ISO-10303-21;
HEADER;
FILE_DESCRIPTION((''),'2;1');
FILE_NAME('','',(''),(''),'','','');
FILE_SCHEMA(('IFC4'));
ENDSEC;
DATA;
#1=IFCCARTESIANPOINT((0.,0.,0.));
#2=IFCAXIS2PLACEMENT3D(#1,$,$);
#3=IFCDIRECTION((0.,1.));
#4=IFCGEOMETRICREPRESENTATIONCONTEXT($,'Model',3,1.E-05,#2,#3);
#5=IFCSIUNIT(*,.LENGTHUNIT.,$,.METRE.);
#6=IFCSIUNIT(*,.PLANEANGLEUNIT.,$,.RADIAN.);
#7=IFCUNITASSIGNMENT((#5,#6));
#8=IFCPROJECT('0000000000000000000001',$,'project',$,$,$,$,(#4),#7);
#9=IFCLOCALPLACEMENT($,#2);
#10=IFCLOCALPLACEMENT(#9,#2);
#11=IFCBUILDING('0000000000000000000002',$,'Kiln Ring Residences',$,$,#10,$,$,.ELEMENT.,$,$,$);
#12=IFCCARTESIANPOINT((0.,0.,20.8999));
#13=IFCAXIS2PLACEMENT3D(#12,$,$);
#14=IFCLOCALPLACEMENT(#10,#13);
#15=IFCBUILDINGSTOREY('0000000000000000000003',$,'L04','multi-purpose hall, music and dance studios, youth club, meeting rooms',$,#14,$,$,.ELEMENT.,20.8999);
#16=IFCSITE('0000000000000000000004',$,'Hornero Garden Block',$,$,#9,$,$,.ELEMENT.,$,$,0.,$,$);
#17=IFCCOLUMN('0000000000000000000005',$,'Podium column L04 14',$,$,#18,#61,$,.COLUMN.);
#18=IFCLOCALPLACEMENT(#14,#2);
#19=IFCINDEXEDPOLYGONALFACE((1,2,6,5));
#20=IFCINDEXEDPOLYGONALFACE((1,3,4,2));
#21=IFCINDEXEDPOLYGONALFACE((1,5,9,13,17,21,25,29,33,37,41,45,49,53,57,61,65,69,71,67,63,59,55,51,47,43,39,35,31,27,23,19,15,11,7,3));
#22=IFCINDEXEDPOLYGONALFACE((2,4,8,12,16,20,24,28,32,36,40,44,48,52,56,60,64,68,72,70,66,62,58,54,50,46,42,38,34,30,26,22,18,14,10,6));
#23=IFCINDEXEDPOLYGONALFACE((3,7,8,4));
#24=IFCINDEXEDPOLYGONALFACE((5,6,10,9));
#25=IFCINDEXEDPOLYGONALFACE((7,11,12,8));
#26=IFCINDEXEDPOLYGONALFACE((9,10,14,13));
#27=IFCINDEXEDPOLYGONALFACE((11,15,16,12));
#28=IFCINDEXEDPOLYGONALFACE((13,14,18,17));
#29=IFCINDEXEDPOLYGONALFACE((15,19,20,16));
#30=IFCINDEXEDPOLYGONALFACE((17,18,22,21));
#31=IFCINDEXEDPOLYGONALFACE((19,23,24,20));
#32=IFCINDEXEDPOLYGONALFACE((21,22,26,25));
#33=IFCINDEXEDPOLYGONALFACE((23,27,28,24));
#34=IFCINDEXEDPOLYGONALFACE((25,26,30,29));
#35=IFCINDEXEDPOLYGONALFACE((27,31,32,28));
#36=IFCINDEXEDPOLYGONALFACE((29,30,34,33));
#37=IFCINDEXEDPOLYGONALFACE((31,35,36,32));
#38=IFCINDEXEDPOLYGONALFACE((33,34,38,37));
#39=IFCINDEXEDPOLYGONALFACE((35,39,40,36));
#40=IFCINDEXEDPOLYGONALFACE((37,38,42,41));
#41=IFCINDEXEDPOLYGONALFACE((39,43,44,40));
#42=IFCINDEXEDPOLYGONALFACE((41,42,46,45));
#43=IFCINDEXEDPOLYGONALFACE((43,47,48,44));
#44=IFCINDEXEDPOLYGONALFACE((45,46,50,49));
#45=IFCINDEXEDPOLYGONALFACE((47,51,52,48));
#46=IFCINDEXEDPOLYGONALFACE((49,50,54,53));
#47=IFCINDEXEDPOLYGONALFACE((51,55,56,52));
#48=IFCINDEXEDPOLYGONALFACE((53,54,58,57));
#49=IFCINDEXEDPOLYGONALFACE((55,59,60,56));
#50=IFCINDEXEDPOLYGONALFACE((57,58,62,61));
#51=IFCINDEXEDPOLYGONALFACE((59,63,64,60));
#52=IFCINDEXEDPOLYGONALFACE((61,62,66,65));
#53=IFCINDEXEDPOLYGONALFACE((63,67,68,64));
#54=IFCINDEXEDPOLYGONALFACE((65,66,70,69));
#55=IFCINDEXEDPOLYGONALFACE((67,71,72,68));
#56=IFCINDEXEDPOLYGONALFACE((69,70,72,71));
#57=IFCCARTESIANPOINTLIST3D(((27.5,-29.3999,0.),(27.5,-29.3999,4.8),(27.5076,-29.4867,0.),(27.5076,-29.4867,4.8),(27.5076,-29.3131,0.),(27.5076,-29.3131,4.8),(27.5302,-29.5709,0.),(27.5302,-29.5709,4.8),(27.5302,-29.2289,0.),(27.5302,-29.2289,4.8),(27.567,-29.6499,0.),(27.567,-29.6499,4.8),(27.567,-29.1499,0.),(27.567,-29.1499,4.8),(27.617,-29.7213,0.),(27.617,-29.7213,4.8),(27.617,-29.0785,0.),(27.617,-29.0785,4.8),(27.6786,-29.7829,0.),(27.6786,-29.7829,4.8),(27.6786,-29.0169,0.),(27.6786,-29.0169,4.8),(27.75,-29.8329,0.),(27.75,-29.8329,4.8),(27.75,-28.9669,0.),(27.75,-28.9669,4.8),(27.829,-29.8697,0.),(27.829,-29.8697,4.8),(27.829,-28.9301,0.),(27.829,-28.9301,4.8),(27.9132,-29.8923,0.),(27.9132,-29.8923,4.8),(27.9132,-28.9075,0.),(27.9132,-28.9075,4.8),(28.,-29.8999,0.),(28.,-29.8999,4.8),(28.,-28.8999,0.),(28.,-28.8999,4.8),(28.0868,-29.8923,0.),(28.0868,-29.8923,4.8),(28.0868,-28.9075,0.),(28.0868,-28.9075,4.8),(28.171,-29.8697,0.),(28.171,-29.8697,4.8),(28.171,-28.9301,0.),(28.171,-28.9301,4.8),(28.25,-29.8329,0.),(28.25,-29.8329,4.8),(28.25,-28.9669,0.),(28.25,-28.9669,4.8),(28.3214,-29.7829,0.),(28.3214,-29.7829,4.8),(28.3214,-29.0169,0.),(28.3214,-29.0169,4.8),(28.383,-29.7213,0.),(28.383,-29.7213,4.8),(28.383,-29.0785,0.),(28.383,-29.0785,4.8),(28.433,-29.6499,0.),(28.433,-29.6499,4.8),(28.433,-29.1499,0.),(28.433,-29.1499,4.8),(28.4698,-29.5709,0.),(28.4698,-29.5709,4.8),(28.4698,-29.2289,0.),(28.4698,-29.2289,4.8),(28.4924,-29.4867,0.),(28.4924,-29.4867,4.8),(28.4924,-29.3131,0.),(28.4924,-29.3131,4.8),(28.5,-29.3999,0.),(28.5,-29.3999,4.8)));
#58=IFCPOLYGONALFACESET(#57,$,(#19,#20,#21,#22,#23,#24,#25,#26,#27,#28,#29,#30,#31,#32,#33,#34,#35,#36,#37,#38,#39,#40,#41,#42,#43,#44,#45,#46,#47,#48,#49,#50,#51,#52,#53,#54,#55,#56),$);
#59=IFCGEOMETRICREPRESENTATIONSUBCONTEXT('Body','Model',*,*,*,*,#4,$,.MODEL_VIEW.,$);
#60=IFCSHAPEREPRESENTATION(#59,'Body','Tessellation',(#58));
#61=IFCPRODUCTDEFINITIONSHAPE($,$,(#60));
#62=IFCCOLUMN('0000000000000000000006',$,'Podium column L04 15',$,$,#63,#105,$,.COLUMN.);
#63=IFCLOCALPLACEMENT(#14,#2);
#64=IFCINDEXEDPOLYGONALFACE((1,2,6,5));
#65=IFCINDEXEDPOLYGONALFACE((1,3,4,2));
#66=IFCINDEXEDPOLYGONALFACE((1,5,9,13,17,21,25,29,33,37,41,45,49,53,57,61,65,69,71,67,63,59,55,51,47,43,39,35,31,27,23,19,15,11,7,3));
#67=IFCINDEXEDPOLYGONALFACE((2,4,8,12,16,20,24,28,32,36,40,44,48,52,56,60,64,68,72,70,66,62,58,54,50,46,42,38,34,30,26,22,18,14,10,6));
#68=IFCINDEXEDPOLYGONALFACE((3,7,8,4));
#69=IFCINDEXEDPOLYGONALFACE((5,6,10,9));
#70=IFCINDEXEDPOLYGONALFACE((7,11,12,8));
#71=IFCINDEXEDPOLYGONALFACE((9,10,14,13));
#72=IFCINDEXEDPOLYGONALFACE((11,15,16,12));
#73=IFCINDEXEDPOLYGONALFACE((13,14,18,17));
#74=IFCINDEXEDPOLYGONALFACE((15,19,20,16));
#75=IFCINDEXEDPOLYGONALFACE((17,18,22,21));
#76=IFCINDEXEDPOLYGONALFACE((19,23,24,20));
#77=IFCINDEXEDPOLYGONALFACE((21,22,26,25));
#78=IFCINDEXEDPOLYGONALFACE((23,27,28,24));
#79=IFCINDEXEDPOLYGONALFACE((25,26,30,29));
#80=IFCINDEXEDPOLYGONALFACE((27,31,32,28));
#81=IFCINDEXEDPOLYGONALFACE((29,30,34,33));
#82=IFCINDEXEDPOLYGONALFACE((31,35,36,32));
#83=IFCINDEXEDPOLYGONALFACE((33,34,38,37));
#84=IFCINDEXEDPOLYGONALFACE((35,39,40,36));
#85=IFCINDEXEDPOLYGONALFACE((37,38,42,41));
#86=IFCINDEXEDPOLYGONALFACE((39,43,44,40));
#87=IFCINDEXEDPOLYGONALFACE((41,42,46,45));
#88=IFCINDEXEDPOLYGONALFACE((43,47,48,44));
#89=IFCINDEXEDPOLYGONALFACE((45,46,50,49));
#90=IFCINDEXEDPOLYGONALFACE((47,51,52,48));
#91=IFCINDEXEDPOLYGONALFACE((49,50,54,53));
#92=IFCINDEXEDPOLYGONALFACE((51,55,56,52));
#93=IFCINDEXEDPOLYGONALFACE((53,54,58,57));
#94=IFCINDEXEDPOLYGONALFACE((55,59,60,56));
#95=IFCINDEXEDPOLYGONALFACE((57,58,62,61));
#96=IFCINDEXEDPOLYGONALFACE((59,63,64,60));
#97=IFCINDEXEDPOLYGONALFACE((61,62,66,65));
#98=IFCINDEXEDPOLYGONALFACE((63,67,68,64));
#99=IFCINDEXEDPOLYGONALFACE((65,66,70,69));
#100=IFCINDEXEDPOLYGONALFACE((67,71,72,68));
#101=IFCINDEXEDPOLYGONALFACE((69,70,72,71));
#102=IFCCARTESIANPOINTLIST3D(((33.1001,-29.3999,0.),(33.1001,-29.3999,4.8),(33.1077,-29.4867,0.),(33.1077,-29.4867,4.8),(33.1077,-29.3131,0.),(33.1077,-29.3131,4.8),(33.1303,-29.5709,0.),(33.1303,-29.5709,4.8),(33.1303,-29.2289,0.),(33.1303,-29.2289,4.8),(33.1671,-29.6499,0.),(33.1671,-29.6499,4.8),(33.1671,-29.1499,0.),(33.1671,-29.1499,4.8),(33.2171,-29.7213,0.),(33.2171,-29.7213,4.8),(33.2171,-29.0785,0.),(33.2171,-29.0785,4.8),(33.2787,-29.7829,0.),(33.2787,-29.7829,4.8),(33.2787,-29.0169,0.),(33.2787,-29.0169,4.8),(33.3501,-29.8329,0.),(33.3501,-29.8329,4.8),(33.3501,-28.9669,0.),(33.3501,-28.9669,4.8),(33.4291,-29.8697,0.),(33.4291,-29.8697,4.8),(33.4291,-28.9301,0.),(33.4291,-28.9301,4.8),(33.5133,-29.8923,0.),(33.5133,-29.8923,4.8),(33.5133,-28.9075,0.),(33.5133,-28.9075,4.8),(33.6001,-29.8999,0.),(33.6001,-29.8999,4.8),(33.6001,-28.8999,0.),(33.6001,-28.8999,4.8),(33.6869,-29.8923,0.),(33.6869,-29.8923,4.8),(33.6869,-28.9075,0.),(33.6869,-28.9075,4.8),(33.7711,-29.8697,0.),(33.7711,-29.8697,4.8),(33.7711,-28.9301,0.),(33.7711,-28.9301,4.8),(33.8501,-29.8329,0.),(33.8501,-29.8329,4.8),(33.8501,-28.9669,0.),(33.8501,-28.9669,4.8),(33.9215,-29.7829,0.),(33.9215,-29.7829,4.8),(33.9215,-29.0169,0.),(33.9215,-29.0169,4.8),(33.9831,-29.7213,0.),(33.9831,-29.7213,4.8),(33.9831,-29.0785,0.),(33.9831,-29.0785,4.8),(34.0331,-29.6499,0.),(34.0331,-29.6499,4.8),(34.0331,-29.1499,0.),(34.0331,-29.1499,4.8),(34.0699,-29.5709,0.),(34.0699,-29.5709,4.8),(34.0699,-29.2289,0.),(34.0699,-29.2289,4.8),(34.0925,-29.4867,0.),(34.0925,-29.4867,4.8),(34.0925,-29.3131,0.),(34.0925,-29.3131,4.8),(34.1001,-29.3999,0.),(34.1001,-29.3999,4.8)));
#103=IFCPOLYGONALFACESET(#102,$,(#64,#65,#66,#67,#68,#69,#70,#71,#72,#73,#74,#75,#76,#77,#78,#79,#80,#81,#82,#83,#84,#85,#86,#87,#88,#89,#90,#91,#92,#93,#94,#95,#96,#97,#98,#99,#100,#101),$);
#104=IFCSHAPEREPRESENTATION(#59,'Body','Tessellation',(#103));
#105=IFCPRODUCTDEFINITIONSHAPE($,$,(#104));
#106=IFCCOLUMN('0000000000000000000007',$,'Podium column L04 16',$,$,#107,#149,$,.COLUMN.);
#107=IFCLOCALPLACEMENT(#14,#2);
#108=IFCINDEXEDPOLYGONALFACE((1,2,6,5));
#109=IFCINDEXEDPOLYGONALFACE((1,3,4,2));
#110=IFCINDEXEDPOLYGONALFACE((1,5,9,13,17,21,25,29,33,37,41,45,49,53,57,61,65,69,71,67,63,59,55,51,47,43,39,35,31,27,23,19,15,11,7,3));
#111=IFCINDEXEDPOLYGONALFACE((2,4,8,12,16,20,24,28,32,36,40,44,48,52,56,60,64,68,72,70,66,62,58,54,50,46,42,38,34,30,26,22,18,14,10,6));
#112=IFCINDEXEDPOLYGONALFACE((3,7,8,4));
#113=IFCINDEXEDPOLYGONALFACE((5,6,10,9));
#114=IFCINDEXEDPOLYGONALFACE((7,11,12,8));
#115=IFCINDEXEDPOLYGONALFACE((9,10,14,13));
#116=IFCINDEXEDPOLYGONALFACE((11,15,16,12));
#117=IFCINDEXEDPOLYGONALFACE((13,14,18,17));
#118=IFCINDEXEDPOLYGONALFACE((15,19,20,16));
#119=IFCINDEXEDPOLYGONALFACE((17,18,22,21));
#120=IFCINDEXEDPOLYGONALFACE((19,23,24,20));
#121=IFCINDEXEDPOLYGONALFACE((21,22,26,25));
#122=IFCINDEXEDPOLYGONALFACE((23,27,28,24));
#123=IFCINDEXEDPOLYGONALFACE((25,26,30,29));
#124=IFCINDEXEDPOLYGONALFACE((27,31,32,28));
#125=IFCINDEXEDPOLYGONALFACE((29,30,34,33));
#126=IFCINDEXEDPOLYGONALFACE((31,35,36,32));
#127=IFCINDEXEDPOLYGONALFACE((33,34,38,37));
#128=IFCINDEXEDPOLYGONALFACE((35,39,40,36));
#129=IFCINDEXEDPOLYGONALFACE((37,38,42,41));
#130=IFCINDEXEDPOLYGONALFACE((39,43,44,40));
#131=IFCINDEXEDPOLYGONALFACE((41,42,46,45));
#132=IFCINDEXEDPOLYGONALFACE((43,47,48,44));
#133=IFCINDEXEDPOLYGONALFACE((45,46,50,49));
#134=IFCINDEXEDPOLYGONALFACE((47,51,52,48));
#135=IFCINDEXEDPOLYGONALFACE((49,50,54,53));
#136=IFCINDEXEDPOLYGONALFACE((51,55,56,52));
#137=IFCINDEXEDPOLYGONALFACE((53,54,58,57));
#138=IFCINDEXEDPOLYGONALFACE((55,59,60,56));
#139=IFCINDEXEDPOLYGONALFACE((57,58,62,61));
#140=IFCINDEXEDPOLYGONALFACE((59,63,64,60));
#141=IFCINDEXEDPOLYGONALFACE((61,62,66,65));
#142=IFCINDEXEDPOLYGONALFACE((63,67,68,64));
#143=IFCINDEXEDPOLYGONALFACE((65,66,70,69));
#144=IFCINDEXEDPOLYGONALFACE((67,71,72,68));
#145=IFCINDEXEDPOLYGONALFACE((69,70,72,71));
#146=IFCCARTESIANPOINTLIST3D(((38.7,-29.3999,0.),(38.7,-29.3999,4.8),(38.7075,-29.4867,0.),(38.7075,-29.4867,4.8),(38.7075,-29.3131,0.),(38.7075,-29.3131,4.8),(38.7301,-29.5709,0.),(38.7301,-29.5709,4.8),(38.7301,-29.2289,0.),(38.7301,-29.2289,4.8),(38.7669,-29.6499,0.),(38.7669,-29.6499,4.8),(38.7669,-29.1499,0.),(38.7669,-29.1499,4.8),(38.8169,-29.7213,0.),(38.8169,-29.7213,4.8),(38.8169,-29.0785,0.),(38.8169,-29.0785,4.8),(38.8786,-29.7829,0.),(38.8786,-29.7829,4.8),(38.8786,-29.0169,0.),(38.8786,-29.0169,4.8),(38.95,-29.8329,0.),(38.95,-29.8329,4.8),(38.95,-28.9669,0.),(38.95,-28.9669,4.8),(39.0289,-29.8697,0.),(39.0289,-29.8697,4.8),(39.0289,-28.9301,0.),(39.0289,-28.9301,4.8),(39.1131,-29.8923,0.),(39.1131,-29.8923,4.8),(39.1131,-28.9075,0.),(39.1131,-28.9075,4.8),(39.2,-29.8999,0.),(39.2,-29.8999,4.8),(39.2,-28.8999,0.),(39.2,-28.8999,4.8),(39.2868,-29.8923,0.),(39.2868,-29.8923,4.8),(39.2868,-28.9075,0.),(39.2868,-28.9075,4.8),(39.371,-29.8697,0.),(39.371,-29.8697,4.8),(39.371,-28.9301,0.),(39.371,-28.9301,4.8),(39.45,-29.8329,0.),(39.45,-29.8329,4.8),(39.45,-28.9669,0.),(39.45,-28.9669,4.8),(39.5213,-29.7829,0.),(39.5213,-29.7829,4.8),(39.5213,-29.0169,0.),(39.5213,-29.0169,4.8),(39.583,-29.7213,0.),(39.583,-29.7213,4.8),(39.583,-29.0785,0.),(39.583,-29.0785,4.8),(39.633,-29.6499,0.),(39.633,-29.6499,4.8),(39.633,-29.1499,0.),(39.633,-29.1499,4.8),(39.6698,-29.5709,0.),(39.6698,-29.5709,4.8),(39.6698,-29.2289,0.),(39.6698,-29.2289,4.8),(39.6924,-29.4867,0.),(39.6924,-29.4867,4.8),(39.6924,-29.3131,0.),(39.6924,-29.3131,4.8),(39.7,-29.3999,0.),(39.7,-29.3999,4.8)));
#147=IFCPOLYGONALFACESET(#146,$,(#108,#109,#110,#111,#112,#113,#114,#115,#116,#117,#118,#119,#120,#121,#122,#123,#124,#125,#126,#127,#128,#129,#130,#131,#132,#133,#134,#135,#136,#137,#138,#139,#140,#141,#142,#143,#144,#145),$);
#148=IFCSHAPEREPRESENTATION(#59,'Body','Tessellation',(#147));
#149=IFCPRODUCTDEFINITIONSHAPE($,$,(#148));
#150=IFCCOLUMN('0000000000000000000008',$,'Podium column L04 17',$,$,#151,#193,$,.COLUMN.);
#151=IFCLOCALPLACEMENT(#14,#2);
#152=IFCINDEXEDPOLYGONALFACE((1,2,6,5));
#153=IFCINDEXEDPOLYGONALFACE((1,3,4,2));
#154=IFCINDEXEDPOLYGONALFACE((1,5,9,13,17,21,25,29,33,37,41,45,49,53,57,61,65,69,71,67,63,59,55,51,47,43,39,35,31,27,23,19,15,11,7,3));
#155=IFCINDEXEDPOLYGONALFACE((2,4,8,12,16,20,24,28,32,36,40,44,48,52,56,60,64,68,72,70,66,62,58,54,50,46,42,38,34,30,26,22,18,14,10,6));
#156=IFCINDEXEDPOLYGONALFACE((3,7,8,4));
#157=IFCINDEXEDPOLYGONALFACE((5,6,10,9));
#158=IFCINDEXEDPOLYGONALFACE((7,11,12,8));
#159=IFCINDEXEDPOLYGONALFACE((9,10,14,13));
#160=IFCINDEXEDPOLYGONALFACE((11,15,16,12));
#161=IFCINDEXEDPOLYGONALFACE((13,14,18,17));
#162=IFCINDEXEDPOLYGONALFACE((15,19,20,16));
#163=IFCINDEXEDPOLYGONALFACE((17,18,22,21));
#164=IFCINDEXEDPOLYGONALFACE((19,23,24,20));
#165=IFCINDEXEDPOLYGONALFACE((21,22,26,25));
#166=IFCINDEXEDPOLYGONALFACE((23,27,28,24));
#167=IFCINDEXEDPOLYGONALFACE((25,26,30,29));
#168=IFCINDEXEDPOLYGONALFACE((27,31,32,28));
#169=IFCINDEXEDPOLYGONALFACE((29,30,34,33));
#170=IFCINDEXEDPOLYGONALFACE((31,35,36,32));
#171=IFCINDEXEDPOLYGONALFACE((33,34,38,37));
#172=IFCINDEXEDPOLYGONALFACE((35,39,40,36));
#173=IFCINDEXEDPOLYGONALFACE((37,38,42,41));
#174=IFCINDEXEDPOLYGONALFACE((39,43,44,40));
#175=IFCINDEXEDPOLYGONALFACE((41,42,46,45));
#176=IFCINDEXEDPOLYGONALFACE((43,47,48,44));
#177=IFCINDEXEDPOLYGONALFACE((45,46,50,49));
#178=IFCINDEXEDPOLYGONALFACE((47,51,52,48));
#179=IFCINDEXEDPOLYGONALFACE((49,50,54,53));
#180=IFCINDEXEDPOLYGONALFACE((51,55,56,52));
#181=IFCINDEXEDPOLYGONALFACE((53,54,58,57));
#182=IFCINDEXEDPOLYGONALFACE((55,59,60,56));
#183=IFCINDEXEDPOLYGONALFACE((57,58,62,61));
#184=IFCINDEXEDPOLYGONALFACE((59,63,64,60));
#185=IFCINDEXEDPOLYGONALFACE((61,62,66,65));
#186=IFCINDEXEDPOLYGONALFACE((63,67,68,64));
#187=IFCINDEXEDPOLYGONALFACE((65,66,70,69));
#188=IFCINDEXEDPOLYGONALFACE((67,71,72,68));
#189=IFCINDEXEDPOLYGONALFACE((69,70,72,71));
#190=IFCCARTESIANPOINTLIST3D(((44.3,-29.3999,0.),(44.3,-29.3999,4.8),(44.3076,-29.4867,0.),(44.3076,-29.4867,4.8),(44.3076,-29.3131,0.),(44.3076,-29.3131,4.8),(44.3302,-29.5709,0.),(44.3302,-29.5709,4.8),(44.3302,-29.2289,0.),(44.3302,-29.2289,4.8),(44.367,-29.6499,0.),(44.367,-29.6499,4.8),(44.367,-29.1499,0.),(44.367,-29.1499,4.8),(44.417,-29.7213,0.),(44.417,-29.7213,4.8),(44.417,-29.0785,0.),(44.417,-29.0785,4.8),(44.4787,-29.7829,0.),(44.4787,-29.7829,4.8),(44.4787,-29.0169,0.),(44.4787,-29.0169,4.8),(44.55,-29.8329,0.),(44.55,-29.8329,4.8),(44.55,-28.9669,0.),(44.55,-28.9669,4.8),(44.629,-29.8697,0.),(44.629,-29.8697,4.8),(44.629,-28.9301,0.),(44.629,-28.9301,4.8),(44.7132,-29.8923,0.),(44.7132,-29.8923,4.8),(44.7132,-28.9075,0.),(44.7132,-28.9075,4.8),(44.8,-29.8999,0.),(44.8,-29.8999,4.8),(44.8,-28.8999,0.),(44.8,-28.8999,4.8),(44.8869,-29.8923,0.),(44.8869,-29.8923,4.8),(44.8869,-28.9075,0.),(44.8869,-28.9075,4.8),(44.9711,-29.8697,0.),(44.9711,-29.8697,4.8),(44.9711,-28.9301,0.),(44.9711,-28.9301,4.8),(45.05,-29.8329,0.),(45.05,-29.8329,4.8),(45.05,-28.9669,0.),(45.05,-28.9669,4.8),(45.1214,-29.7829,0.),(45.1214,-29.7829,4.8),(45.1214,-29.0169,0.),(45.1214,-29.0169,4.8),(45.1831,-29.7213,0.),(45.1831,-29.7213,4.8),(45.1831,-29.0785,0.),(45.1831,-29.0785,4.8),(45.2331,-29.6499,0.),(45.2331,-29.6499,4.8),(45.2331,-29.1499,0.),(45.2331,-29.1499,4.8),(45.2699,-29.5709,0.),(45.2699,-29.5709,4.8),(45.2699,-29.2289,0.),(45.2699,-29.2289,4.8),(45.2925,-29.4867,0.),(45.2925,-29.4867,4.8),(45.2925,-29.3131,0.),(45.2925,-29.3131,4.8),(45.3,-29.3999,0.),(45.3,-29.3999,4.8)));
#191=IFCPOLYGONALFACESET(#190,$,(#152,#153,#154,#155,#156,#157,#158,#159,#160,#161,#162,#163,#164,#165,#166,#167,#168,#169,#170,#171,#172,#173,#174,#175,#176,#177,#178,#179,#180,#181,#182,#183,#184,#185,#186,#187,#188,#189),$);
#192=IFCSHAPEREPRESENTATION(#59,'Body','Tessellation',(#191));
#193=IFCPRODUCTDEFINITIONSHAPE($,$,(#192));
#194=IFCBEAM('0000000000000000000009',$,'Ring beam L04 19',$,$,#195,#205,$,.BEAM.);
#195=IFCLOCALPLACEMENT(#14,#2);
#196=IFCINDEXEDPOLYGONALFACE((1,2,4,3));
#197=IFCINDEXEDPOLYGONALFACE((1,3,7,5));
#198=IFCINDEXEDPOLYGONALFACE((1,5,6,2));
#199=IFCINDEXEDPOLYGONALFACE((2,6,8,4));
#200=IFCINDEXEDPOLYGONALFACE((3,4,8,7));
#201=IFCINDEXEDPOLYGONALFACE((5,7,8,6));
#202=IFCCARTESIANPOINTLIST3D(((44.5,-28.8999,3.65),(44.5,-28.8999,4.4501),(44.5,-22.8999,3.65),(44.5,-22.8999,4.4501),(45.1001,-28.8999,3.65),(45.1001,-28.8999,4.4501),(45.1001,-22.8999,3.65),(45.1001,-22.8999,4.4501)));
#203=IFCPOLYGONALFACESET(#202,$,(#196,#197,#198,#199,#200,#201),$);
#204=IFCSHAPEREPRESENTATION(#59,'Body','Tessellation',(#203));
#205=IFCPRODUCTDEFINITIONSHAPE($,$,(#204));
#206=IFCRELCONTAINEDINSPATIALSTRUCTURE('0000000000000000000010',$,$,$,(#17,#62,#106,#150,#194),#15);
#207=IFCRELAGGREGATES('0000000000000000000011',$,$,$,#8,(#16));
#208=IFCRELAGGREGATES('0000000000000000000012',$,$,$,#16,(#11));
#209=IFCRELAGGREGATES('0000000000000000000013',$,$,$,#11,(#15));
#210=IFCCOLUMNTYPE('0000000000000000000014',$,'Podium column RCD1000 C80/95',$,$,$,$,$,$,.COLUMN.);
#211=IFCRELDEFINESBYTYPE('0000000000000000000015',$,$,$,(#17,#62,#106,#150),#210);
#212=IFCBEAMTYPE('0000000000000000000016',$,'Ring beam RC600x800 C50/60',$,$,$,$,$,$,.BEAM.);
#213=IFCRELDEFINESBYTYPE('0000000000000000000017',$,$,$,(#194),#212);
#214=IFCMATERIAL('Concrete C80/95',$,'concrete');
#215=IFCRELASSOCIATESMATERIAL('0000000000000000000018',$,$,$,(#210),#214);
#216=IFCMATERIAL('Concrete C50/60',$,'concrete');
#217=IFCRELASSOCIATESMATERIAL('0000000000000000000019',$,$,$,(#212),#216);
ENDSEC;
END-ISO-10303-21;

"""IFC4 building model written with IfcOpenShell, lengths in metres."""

from ifc_helpers import new_model, si_unit, direction, frame, origin, origin_2d, place, context, subcontext, project, spatial, rectangle, circle, extrude, material, material_profile, profile_set, type_object, element, save


model = new_model("IFC4")

# Units and contexts
model_context = context("Model", 3, precision=1e-05, world=origin(), true_north=direction((0.0, 1.0)))
body_context = subcontext(model_context, "Body", "Model", "MODEL_VIEW")
ifc_project = project(units=[si_unit("LENGTHUNIT", "METRE"), si_unit("PLANEANGLEUNIT", "RADIAN")], contexts=[model_context])

# Site, building, storey
site_placement = place(None, origin())
site = spatial("IfcSite", under=ifc_project, at=site_placement, Name="Hornero Garden Block", CompositionType="ELEMENT", RefElevation=0.0)
building_placement = place(site_placement, origin())
building = spatial("IfcBuilding", under=site, at=building_placement, Name="Kiln Ring Residences", CompositionType="ELEMENT")
storey_placement = place(building_placement, frame((0.0, 0.0, 20.8999)))
storey = spatial("IfcBuildingStorey", under=building, at=storey_placement, Name="L04", Description="multi-purpose hall, music and dance studios, youth club, meeting rooms", CompositionType="ELEMENT", Elevation=20.8999)

# Columns
ifc_material_1 = material(Name="Concrete C80/95", Category="concrete")
ifc_material_profile_1 = material_profile(ifc_material_1, circle(Radius=0.5, at=origin_2d()), Name="RCD1000")
ifc_profile_set_1 = profile_set([ifc_material_profile_1], Name="Concrete C80/95")
column_type = type_object("IfcColumnType", Name="Podium column RCD1000 C80/95", PredefinedType="COLUMN", material=ifc_profile_set_1)
for number, where, z_axis, x_axis, name in (
    (1, (28.0, -29.3999, 0.0), (0.0, 0.0, 1.0), (1.0, 0.0, 0.0), "Podium column L04 14"),
    (2, (33.6001, -29.3999, 0.0), (0.0, 0.0, 1.0), (1.0, 0.0, 0.0), "Podium column L04 15"),
    (3, (39.2, -29.3999, 0.0), (0.0, 0.0, 1.0), (1.0, 0.0, 0.0), "Podium column L04 16"),
    (4, (44.8, -29.3999, 0.0), (0.0, 0.0, 1.0), (1.0, 0.0, 0.0), "Podium column L04 17"),
):
    element("IfcColumn", number, at=place(storey_placement, frame(where, z_axis=z_axis, x_axis=x_axis)), inside=storey, type_object=column_type, Name=name, PredefinedType="COLUMN", context=body_context, shape_type="SweptSolid", body=[
        extrude(circle(Radius=0.5, at=origin_2d()), origin(), (0.0, 0.0, 1.0), 4.8),
    ])

# Beam
ifc_material_2 = material(Name="Concrete C50/60", Category="concrete")
ifc_material_profile_2 = material_profile(ifc_material_2, rectangle(XDim=0.6001, YDim=0.8, at=origin_2d()), Name="RC600x800")
ifc_profile_set_2 = profile_set([ifc_material_profile_2], Name="Concrete C50/60")
beam_type = type_object("IfcBeamType", Name="Ring beam RC600x800 C50/60", PredefinedType="BEAM", material=ifc_profile_set_2)
beam_placement = place(storey_placement, frame((44.8, -22.8999, 4.05), z_axis=(0.0, -1.0, 0.0), x_axis=(1.0, 0.0, 0.0)))
element("IfcBeam", 5, at=beam_placement, inside=storey, type_object=beam_type, Name="Ring beam L04 19", PredefinedType="BEAM", context=body_context, shape_type="SweptSolid", body=[
    extrude(rectangle(XDim=0.6001, YDim=0.8, at=origin_2d()), origin(), (0.0, 0.0, 1.0), 6.0),
])

save(model, "model.ifc")
